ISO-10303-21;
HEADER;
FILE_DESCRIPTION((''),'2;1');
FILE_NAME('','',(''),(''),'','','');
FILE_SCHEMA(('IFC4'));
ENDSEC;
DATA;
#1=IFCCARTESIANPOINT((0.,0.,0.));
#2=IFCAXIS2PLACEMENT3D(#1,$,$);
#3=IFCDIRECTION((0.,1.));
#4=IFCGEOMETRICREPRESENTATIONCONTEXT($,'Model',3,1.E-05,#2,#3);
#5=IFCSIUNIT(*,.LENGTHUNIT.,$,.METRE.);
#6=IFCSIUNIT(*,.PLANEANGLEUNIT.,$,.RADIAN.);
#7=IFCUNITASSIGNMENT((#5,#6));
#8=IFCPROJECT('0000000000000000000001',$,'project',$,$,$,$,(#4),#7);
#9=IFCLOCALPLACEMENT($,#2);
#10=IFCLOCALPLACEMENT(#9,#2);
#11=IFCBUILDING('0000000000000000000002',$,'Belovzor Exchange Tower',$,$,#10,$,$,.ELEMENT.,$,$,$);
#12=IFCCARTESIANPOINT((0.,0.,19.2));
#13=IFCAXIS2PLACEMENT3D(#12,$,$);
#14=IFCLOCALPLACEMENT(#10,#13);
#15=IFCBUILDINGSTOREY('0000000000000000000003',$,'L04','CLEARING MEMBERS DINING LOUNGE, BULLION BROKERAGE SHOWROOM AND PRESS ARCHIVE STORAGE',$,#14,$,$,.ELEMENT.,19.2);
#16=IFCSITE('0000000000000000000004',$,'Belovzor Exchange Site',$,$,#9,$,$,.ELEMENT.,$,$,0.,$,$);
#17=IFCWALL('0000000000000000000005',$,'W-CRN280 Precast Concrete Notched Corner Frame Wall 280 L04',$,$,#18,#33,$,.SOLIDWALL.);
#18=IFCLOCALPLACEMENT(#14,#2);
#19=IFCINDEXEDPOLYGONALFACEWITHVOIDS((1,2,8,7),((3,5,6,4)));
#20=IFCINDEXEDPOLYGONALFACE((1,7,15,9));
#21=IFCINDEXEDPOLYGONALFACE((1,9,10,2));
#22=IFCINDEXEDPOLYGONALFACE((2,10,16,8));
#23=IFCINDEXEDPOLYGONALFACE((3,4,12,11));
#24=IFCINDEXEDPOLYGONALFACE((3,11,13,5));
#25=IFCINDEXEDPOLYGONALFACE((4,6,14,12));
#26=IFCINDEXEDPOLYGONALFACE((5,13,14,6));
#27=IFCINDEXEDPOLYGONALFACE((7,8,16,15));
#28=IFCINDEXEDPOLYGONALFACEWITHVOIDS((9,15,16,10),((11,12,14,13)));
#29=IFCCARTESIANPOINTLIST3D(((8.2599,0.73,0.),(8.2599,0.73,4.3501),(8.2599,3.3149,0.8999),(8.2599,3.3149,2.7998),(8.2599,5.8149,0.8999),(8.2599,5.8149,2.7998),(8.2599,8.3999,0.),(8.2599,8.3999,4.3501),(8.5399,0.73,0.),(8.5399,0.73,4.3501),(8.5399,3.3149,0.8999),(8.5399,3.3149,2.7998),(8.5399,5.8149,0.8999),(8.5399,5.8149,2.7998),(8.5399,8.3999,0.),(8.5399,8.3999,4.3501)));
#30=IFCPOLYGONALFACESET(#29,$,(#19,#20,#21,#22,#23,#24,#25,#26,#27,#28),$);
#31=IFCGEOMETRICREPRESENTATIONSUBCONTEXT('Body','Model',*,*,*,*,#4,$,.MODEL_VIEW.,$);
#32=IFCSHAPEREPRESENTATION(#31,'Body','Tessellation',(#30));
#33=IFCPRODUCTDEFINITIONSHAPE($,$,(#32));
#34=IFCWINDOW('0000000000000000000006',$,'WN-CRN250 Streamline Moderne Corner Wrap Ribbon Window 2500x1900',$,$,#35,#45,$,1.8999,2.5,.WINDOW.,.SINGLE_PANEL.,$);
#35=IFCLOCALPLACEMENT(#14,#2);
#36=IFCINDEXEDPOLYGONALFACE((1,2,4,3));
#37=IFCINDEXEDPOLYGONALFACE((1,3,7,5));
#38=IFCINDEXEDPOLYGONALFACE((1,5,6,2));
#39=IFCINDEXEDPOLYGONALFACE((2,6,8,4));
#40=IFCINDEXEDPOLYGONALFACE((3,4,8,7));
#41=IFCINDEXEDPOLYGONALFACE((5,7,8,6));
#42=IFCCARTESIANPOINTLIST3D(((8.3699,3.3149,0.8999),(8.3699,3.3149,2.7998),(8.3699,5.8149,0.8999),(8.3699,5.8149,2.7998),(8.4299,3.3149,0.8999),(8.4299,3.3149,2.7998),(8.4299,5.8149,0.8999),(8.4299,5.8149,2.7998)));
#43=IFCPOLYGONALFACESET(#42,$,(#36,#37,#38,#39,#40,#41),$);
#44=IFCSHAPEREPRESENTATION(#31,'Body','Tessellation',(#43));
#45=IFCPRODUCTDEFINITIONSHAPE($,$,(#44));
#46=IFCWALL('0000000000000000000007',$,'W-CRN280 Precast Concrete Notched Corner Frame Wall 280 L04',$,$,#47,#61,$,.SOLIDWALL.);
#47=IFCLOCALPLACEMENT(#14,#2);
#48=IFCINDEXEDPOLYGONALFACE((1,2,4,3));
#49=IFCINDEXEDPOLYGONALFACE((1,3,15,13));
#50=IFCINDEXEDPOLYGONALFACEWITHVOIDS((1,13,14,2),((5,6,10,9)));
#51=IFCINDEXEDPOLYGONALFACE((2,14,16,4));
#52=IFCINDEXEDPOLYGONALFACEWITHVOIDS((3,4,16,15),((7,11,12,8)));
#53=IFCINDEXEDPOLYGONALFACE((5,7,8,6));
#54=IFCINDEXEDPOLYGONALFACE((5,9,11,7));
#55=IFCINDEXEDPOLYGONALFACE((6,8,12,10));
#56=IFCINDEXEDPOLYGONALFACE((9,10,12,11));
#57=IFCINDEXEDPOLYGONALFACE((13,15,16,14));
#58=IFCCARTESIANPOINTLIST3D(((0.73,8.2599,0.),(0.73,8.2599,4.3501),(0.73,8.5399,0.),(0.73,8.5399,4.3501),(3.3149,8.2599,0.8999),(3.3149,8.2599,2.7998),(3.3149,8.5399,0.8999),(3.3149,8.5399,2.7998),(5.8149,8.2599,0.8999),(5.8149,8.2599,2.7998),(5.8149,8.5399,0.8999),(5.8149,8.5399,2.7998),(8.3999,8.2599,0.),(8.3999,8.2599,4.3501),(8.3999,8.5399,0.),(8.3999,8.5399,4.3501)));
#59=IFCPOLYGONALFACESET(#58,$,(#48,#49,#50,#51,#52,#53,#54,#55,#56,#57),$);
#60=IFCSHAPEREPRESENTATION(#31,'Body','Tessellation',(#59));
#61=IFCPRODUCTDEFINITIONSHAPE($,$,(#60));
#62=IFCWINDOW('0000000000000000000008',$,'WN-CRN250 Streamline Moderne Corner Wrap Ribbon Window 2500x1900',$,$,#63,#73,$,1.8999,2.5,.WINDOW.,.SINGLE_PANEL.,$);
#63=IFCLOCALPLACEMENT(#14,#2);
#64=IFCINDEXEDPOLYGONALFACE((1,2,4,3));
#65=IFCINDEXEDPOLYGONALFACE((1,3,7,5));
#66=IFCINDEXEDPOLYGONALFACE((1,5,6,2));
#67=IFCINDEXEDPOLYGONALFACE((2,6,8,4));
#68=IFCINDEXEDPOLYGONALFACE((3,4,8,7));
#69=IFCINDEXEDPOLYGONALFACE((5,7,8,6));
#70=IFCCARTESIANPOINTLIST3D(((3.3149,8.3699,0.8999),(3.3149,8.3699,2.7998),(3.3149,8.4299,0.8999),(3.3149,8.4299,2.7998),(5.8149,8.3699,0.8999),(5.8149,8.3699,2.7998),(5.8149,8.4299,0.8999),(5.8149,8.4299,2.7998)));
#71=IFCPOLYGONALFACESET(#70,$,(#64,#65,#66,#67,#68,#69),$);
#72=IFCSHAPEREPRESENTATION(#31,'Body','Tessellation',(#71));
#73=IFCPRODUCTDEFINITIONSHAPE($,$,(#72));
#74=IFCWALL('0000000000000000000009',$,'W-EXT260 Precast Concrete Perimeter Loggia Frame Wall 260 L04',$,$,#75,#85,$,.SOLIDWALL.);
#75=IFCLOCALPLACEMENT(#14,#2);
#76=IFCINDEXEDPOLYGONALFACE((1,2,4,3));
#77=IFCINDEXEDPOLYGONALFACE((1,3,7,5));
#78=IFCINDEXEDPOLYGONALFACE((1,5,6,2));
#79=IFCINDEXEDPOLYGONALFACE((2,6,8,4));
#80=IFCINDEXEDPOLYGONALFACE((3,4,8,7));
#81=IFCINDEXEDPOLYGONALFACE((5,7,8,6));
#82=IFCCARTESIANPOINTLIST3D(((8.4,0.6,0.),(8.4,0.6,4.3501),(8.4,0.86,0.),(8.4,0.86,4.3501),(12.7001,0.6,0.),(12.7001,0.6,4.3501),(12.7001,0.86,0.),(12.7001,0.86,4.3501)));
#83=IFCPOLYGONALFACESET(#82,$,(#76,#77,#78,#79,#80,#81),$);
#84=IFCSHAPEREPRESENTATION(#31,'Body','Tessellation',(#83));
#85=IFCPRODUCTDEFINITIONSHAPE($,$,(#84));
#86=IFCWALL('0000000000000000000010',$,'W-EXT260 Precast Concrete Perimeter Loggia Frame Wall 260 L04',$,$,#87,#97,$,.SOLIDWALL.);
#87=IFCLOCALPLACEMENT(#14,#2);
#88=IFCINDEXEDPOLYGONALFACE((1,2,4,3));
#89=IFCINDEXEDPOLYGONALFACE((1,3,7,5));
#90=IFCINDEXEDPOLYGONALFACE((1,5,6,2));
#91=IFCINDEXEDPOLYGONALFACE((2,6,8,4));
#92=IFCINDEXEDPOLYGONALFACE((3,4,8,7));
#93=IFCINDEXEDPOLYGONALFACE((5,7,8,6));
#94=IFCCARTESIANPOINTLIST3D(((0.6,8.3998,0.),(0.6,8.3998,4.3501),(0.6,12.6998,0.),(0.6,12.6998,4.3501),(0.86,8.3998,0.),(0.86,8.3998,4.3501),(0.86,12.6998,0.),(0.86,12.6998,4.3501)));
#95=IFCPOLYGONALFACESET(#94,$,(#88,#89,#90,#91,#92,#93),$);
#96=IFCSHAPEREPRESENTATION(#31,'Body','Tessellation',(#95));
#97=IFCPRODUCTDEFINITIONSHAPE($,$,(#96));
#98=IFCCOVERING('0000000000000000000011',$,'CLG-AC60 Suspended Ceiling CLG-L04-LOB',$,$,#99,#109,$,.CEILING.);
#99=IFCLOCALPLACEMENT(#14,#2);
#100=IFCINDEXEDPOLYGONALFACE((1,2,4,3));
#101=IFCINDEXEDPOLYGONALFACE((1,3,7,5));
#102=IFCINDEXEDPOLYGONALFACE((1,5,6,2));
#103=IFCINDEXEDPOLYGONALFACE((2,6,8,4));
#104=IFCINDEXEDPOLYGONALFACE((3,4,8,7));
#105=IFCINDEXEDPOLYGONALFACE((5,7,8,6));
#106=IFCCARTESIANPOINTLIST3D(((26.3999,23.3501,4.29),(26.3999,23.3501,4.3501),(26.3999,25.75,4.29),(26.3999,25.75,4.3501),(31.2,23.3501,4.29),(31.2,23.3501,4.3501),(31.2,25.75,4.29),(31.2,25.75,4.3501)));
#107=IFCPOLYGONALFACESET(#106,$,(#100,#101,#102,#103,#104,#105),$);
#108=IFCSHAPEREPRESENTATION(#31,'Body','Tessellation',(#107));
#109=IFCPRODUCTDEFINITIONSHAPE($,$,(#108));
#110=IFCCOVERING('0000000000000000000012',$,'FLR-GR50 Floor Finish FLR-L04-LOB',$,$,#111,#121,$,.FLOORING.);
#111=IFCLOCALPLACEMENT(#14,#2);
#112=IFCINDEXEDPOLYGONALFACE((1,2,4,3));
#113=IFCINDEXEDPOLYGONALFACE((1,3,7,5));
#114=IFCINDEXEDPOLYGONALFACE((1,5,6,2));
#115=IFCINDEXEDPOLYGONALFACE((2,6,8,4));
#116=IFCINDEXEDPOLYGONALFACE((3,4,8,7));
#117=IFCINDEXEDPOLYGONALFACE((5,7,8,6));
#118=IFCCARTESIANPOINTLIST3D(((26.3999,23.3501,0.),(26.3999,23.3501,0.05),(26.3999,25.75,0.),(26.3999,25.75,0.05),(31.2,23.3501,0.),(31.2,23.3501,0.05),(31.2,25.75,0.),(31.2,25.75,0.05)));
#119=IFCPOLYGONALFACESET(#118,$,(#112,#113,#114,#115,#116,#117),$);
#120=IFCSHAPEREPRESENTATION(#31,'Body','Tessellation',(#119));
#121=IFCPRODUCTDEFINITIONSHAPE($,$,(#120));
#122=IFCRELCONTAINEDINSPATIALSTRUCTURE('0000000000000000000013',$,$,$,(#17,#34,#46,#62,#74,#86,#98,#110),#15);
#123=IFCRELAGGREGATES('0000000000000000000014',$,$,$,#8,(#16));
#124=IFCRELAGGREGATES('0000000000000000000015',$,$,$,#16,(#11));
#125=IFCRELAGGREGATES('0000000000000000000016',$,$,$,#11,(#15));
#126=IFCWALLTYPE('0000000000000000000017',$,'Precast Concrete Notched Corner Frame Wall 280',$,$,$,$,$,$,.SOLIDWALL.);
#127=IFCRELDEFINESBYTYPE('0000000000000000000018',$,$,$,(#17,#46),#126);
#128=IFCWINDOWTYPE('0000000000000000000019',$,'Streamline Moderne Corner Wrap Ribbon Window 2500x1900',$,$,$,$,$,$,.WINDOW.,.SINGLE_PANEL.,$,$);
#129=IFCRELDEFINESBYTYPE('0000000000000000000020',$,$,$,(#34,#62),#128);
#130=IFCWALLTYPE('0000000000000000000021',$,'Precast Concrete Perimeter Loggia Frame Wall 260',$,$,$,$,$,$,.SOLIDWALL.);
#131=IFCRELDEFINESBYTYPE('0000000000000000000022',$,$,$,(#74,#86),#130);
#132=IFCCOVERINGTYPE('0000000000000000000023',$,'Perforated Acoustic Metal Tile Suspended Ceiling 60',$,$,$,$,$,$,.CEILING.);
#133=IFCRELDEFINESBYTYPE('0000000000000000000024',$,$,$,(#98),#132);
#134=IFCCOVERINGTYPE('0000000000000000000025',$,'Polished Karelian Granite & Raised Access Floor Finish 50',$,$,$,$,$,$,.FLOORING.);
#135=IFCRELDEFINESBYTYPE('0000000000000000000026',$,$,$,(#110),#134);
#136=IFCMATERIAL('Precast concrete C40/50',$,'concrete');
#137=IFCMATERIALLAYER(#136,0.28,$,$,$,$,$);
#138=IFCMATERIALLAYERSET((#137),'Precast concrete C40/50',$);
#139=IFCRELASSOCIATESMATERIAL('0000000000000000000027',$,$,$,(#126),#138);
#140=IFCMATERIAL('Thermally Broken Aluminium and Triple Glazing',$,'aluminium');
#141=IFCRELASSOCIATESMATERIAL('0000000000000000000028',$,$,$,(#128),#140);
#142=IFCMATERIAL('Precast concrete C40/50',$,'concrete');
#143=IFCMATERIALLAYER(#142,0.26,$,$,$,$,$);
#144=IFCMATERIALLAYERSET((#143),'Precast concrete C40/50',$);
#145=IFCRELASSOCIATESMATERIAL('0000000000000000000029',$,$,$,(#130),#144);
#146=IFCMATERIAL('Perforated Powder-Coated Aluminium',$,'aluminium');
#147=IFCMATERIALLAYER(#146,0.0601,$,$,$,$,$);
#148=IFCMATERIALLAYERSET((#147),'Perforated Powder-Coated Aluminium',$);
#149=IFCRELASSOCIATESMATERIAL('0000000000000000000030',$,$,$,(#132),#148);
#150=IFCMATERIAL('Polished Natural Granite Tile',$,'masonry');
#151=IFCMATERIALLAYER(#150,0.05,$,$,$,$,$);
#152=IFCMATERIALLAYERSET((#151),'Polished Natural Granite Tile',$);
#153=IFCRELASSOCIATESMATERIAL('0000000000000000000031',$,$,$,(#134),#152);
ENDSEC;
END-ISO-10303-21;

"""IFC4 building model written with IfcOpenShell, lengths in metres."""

from ifc_helpers import new_model, si_unit, direction, frame, frame_2d, origin, place, context, subcontext, project, spatial, polyline, rectangle, outline, extrude, material, layer, layer_set, type_object, element, fill, save


model = new_model("IFC4")

# Units and contexts
model_context = context("Model", 3, precision=1e-05, world=origin(), true_north=direction((0.0, 1.0)))
body_context = subcontext(model_context, "Body", "Model", "MODEL_VIEW")
ifc_project = project(units=[si_unit("LENGTHUNIT", "METRE"), si_unit("PLANEANGLEUNIT", "RADIAN")], contexts=[model_context])

# Site, building, storey
site_placement = place(None, origin())
site = spatial("IfcSite", under=ifc_project, at=site_placement, Name="Belovzor Exchange Site", CompositionType="ELEMENT", RefElevation=0.0)
building_placement = place(site_placement, origin())
building = spatial("IfcBuilding", under=site, at=building_placement, Name="Belovzor Exchange Tower", CompositionType="ELEMENT")
storey_placement = place(building_placement, frame((0.0, 0.0, 19.2)))
storey = spatial("IfcBuildingStorey", under=building, at=storey_placement, Name="L04", Description="CLEARING MEMBERS DINING LOUNGE, BULLION BROKERAGE SHOWROOM AND PRESS ARCHIVE STORAGE", CompositionType="ELEMENT", Elevation=19.2)

# Walls, openings, windows
ifc_material_1 = material(Name="Precast concrete C40/50", Category="concrete")
ifc_layer_1 = layer(ifc_material_1, 0.28)
ifc_layer_set_1 = layer_set([ifc_layer_1], Name="Precast concrete C40/50")
wall_type_1 = type_object("IfcWallType", Name="Precast Concrete Notched Corner Frame Wall 280", PredefinedType="SOLIDWALL", material=ifc_layer_set_1)
wall_1_placement = place(storey_placement, frame((8.3999, 0.73, 0.0), z_axis=(0.0, 0.0, 1.0), x_axis=(0.0, 1.0, 0.0)))
wall_1 = element("IfcWall", 1, at=wall_1_placement, inside=storey, type_object=wall_type_1, Name="W-CRN280 Precast Concrete Notched Corner Frame Wall 280 L04", PredefinedType="SOLIDWALL", context=body_context, shape_type="SweptSolid", body=[
    extrude(rectangle(XDim=7.6699, YDim=0.28, at=frame_2d((3.835, 0.0))), origin(), (0.0, 0.0, 1.0), 4.3501),
])
opening_1_placement = place(wall_1_placement, frame((2.585, 0.0, 0.8999)))
opening_1 = element("IfcOpeningElement", 2, at=opening_1_placement, cuts=wall_1, PredefinedType="OPENING", context=body_context, shape_type="SweptSolid", body=[
    extrude(rectangle(XDim=2.5, YDim=1.8999, at=frame_2d((1.25, 0.95))), frame((0.0, 0.1499, 0.0), z_axis=(0.0, -1.0, 0.0), x_axis=(1.0, 0.0, 0.0)), (0.0, 0.0, 1.0), 0.3),
])
ifc_material_2 = material(Name="Thermally Broken Aluminium and Triple Glazing", Category="aluminium")
window_type = type_object("IfcWindowType", Name="Streamline Moderne Corner Wrap Ribbon Window 2500x1900", PartitioningType="SINGLE_PANEL", PredefinedType="WINDOW", material=ifc_material_2)
window_1_placement = place(opening_1_placement, origin())
window_1 = element("IfcWindow", 3, at=window_1_placement, inside=storey, type_object=window_type, Name="WN-CRN250 Streamline Moderne Corner Wrap Ribbon Window 2500x1900", OverallHeight=1.8999, OverallWidth=2.5, PartitioningType="SINGLE_PANEL", PredefinedType="WINDOW", context=body_context, shape_type="SweptSolid", body=[
    extrude(rectangle(XDim=2.5, YDim=1.8999, at=frame_2d((1.25, 0.95))), frame((0.0, 0.03, 0.0), z_axis=(0.0, -1.0, 0.0), x_axis=(1.0, 0.0, 0.0)), (0.0, 0.0, 1.0), 0.0601),
])
fill(opening_1, window_1)
wall_2_placement = place(storey_placement, frame((8.3999, 8.3999, 0.0), z_axis=(0.0, 0.0, 1.0), x_axis=(-1.0, 0.0, 0.0)))
wall_2 = element("IfcWall", 4, at=wall_2_placement, inside=storey, type_object=wall_type_1, Name="W-CRN280 Precast Concrete Notched Corner Frame Wall 280 L04", PredefinedType="SOLIDWALL", context=body_context, shape_type="SweptSolid", body=[
    extrude(rectangle(XDim=7.6699, YDim=0.28, at=frame_2d((3.835, 0.0))), origin(), (0.0, 0.0, 1.0), 4.3501),
])
opening_2_placement = place(wall_2_placement, frame((2.585, 0.0, 0.8999)))
opening_2 = element("IfcOpeningElement", 5, at=opening_2_placement, cuts=wall_2, PredefinedType="OPENING", context=body_context, shape_type="SweptSolid", body=[
    extrude(rectangle(XDim=2.5, YDim=1.8999, at=frame_2d((1.25, 0.95))), frame((0.0, 0.1499, 0.0), z_axis=(0.0, -1.0, 0.0), x_axis=(1.0, 0.0, 0.0)), (0.0, 0.0, 1.0), 0.3),
])
window_2_placement = place(opening_2_placement, origin())
window_2 = element("IfcWindow", 6, at=window_2_placement, inside=storey, type_object=window_type, Name="WN-CRN250 Streamline Moderne Corner Wrap Ribbon Window 2500x1900", OverallHeight=1.8999, OverallWidth=2.5, PartitioningType="SINGLE_PANEL", PredefinedType="WINDOW", context=body_context, shape_type="SweptSolid", body=[
    extrude(rectangle(XDim=2.5, YDim=1.8999, at=frame_2d((1.25, 0.95))), frame((0.0, 0.03, 0.0), z_axis=(0.0, -1.0, 0.0), x_axis=(1.0, 0.0, 0.0)), (0.0, 0.0, 1.0), 0.0601),
])
fill(opening_2, window_2)

# Walls
ifc_material_3 = material(Name="Precast concrete C40/50", Category="concrete")
ifc_layer_2 = layer(ifc_material_3, 0.26)
ifc_layer_set_2 = layer_set([ifc_layer_2], Name="Precast concrete C40/50")
wall_type_2 = type_object("IfcWallType", Name="Precast Concrete Perimeter Loggia Frame Wall 260", PredefinedType="SOLIDWALL", material=ifc_layer_set_2)
for number, where, z_axis, x_axis, name in (
    (7, (12.7, 0.73, 0.0), (0.0, 0.0, 1.0), (-1.0, 0.0, 0.0), "W-EXT260 Precast Concrete Perimeter Loggia Frame Wall 260 L04"),
    (8, (0.73, 8.3999, 0.0), (0.0, 0.0, 1.0), (0.0, 1.0, 0.0), "W-EXT260 Precast Concrete Perimeter Loggia Frame Wall 260 L04"),
):
    element("IfcWall", number, at=place(storey_placement, frame(where, z_axis=z_axis, x_axis=x_axis)), inside=storey, type_object=wall_type_2, Name=name, PredefinedType="SOLIDWALL", context=body_context, shape_type="SweptSolid", body=[
        extrude(rectangle(XDim=4.3, YDim=0.26, at=frame_2d((2.1499, 0.0))), origin(), (0.0, 0.0, 1.0), 4.3501),
    ])

# Coverings
ifc_material_4 = material(Name="Perforated Powder-Coated Aluminium", Category="aluminium")
ifc_layer_3 = layer(ifc_material_4, 0.0601)
ifc_layer_set_3 = layer_set([ifc_layer_3], Name="Perforated Powder-Coated Aluminium")
covering_type_1 = type_object("IfcCoveringType", Name="Perforated Acoustic Metal Tile Suspended Ceiling 60", PredefinedType="CEILING", material=ifc_layer_set_3)
covering_1_placement = place(storey_placement, frame((0.0, 0.0, 4.29)))
element("IfcCovering", 9, at=covering_1_placement, inside=storey, type_object=covering_type_1, Name="CLG-AC60 Suspended Ceiling CLG-L04-LOB", PredefinedType="CEILING", context=body_context, shape_type="SweptSolid", body=[
    extrude(outline(polyline([(26.3999, 23.3501), (31.2, 23.3501), (31.2, 25.75), (26.3999, 25.75), (26.3999, 23.3501)])), origin(), (0.0, 0.0, 1.0), 0.0601),
])
ifc_material_5 = material(Name="Polished Natural Granite Tile", Category="masonry")
ifc_layer_4 = layer(ifc_material_5, 0.05)
ifc_layer_set_4 = layer_set([ifc_layer_4], Name="Polished Natural Granite Tile")
covering_type_2 = type_object("IfcCoveringType", Name="Polished Karelian Granite & Raised Access Floor Finish 50", PredefinedType="FLOORING", material=ifc_layer_set_4)
covering_2_placement = place(storey_placement, origin())
element("IfcCovering", 10, at=covering_2_placement, inside=storey, type_object=covering_type_2, Name="FLR-GR50 Floor Finish FLR-L04-LOB", PredefinedType="FLOORING", context=body_context, shape_type="SweptSolid", body=[
    extrude(outline(polyline([(26.3999, 23.3501), (31.2, 23.3501), (31.2, 25.75), (26.3999, 25.75), (26.3999, 23.3501)])), origin(), (0.0, 0.0, 1.0), 0.05),
])

save(model, "model.ifc")
